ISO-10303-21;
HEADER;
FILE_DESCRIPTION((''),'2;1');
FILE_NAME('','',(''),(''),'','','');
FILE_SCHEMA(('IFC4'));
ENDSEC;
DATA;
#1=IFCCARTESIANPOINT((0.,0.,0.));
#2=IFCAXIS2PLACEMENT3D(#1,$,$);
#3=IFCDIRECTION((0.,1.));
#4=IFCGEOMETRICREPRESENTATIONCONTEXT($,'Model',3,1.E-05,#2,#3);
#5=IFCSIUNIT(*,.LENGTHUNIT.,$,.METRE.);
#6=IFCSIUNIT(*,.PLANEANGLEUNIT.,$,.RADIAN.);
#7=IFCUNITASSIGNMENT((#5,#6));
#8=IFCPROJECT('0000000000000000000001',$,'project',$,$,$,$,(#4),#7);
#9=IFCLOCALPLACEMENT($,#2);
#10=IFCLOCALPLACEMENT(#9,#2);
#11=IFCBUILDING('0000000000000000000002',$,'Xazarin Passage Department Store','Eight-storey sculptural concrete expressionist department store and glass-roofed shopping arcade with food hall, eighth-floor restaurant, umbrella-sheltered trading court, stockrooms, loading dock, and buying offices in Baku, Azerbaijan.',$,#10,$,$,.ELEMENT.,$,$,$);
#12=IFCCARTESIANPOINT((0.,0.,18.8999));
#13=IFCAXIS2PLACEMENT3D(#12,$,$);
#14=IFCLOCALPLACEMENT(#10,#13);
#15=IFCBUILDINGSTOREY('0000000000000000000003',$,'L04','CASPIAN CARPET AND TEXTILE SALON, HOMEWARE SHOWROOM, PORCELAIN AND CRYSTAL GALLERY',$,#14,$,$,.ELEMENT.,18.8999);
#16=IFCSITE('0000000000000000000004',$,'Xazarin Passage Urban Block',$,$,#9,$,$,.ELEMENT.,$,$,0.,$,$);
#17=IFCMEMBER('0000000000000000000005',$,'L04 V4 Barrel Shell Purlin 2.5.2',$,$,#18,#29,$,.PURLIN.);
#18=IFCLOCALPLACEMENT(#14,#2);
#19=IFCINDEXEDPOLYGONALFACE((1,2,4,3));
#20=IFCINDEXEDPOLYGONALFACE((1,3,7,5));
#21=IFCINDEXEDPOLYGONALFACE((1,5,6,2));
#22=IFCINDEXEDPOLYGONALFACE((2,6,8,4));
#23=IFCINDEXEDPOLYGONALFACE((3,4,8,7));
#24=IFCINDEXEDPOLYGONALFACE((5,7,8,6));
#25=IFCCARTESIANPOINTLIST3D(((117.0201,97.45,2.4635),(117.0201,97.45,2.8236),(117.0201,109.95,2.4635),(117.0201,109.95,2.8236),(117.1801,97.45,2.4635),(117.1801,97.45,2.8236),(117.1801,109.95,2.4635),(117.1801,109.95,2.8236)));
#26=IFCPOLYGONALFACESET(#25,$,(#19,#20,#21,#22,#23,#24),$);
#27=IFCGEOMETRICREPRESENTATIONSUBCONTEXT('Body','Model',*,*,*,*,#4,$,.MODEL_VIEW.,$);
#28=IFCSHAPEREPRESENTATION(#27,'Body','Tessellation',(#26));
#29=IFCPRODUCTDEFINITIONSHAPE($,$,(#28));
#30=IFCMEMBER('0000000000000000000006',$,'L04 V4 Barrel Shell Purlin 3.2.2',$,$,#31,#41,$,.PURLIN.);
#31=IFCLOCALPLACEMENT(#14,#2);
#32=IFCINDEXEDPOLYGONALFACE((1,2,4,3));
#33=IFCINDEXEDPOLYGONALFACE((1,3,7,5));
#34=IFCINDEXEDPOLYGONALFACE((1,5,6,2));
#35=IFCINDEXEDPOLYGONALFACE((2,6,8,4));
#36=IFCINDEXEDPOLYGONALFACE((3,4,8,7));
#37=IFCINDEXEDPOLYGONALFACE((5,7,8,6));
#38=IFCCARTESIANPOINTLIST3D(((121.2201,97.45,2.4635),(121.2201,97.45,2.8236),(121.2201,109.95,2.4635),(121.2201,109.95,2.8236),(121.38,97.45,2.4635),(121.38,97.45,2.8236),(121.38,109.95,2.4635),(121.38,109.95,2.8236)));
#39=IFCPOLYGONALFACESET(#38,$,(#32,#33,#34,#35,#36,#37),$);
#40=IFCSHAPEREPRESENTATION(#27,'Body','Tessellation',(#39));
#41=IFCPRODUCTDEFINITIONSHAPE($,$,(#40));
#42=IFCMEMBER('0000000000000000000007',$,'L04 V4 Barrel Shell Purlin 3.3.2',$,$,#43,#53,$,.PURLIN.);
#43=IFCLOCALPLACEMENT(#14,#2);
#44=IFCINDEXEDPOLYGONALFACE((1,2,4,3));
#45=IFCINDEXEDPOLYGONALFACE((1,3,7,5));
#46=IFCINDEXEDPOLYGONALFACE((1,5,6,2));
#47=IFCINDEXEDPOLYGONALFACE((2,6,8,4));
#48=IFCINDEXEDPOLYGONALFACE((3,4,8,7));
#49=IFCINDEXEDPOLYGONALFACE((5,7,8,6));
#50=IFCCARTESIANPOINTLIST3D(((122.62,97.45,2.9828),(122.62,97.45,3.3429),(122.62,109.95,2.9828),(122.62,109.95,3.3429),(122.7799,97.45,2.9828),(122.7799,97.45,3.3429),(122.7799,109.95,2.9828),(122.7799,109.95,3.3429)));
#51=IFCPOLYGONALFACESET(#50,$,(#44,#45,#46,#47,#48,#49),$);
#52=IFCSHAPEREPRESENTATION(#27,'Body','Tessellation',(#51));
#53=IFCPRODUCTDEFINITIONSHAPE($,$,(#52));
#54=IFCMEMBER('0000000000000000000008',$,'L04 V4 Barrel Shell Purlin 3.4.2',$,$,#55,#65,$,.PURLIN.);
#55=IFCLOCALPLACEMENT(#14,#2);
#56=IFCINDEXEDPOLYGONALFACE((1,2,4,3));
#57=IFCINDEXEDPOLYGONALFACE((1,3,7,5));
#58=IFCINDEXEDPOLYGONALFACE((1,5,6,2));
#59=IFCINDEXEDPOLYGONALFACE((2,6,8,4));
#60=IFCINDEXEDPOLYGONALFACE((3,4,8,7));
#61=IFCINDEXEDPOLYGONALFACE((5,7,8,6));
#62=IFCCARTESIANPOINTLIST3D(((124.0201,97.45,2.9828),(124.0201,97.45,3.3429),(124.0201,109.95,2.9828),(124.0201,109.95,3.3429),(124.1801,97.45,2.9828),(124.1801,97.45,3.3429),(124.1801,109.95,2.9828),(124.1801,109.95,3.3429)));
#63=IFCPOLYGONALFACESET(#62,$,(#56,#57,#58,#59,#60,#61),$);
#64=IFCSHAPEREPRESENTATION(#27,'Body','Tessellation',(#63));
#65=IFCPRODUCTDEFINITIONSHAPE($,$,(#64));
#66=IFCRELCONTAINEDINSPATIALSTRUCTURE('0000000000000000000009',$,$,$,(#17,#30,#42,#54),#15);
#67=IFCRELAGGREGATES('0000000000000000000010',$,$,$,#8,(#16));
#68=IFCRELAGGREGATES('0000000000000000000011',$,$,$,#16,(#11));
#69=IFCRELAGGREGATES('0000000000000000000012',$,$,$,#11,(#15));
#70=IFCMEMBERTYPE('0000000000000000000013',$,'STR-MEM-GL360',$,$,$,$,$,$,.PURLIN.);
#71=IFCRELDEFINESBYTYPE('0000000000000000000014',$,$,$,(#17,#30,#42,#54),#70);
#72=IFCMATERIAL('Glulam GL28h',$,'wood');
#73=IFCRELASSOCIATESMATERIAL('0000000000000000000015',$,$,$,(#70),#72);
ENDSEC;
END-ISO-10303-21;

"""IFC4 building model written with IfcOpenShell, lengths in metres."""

from ifc_helpers import new_model, si_unit, direction, frame, origin, origin_2d, place, context, subcontext, project, spatial, rectangle, extrude, material, material_profile, profile_set, type_object, element, save


model = new_model("IFC4")

# Units and contexts
model_context = context("Model", 3, precision=1e-05, world=origin(), true_north=direction((0.0, 1.0)))
body_context = subcontext(model_context, "Body", "Model", "MODEL_VIEW")
ifc_project = project(units=[si_unit("LENGTHUNIT", "METRE"), si_unit("PLANEANGLEUNIT", "RADIAN")], contexts=[model_context])

# Site, building, storey
site_placement = place(None, origin())
site = spatial("IfcSite", under=ifc_project, at=site_placement, Name="Xazarin Passage Urban Block", CompositionType="ELEMENT", RefElevation=0.0)
building_placement = place(site_placement, origin())
building = spatial("IfcBuilding", under=site, at=building_placement, Name="Xazarin Passage Department Store", Description="Eight-storey sculptural concrete expressionist department store and glass-roofed shopping arcade with food hall, eighth-floor restaurant, umbrella-sheltered trading court, stockrooms, loading dock, and buying offices in Baku, Azerbaijan.", CompositionType="ELEMENT")
storey_placement = place(building_placement, frame((0.0, 0.0, 18.8999)))
storey = spatial("IfcBuildingStorey", under=building, at=storey_placement, Name="L04", Description="CASPIAN CARPET AND TEXTILE SALON, HOMEWARE SHOWROOM, PORCELAIN AND CRYSTAL GALLERY", CompositionType="ELEMENT", Elevation=18.8999)

# Members
ifc_material_1 = material(Name="Glulam GL28h", Category="wood")
ifc_material_profile_1 = material_profile(ifc_material_1, rectangle(XDim=0.1599, YDim=0.3601, at=origin_2d()), Name="GL28h 160x360")
ifc_profile_set_1 = profile_set([ifc_material_profile_1], Name="Glulam GL28h")
member_type = type_object("IfcMemberType", Name="STR-MEM-GL360", PredefinedType="PURLIN", material=ifc_profile_set_1)
for number, where, z_axis, x_axis, name in (
    (1, (117.1001, 97.45, 2.6436), (0.0, 1.0, 0.0), (-1.0, 0.0, 0.0), "L04 V4 Barrel Shell Purlin 2.5.2"),
    (2, (121.3, 97.45, 2.6436), (0.0, 1.0, 0.0), (-1.0, 0.0, 0.0), "L04 V4 Barrel Shell Purlin 3.2.2"),
    (3, (122.7, 97.45, 3.1628), (0.0, 1.0, 0.0), (-1.0, 0.0, 0.0), "L04 V4 Barrel Shell Purlin 3.3.2"),
    (4, (124.1001, 97.45, 3.1628), (0.0, 1.0, 0.0), (-1.0, 0.0, 0.0), "L04 V4 Barrel Shell Purlin 3.4.2"),
):
    element("IfcMember", number, at=place(storey_placement, frame(where, z_axis=z_axis, x_axis=x_axis)), inside=storey, type_object=member_type, Name=name, PredefinedType="PURLIN", context=body_context, shape_type="SweptSolid", body=[
        extrude(rectangle(XDim=0.1599, YDim=0.3601, at=origin_2d()), origin(), (0.0, 0.0, 1.0), 12.5),
    ])

save(model, "model.ifc")
